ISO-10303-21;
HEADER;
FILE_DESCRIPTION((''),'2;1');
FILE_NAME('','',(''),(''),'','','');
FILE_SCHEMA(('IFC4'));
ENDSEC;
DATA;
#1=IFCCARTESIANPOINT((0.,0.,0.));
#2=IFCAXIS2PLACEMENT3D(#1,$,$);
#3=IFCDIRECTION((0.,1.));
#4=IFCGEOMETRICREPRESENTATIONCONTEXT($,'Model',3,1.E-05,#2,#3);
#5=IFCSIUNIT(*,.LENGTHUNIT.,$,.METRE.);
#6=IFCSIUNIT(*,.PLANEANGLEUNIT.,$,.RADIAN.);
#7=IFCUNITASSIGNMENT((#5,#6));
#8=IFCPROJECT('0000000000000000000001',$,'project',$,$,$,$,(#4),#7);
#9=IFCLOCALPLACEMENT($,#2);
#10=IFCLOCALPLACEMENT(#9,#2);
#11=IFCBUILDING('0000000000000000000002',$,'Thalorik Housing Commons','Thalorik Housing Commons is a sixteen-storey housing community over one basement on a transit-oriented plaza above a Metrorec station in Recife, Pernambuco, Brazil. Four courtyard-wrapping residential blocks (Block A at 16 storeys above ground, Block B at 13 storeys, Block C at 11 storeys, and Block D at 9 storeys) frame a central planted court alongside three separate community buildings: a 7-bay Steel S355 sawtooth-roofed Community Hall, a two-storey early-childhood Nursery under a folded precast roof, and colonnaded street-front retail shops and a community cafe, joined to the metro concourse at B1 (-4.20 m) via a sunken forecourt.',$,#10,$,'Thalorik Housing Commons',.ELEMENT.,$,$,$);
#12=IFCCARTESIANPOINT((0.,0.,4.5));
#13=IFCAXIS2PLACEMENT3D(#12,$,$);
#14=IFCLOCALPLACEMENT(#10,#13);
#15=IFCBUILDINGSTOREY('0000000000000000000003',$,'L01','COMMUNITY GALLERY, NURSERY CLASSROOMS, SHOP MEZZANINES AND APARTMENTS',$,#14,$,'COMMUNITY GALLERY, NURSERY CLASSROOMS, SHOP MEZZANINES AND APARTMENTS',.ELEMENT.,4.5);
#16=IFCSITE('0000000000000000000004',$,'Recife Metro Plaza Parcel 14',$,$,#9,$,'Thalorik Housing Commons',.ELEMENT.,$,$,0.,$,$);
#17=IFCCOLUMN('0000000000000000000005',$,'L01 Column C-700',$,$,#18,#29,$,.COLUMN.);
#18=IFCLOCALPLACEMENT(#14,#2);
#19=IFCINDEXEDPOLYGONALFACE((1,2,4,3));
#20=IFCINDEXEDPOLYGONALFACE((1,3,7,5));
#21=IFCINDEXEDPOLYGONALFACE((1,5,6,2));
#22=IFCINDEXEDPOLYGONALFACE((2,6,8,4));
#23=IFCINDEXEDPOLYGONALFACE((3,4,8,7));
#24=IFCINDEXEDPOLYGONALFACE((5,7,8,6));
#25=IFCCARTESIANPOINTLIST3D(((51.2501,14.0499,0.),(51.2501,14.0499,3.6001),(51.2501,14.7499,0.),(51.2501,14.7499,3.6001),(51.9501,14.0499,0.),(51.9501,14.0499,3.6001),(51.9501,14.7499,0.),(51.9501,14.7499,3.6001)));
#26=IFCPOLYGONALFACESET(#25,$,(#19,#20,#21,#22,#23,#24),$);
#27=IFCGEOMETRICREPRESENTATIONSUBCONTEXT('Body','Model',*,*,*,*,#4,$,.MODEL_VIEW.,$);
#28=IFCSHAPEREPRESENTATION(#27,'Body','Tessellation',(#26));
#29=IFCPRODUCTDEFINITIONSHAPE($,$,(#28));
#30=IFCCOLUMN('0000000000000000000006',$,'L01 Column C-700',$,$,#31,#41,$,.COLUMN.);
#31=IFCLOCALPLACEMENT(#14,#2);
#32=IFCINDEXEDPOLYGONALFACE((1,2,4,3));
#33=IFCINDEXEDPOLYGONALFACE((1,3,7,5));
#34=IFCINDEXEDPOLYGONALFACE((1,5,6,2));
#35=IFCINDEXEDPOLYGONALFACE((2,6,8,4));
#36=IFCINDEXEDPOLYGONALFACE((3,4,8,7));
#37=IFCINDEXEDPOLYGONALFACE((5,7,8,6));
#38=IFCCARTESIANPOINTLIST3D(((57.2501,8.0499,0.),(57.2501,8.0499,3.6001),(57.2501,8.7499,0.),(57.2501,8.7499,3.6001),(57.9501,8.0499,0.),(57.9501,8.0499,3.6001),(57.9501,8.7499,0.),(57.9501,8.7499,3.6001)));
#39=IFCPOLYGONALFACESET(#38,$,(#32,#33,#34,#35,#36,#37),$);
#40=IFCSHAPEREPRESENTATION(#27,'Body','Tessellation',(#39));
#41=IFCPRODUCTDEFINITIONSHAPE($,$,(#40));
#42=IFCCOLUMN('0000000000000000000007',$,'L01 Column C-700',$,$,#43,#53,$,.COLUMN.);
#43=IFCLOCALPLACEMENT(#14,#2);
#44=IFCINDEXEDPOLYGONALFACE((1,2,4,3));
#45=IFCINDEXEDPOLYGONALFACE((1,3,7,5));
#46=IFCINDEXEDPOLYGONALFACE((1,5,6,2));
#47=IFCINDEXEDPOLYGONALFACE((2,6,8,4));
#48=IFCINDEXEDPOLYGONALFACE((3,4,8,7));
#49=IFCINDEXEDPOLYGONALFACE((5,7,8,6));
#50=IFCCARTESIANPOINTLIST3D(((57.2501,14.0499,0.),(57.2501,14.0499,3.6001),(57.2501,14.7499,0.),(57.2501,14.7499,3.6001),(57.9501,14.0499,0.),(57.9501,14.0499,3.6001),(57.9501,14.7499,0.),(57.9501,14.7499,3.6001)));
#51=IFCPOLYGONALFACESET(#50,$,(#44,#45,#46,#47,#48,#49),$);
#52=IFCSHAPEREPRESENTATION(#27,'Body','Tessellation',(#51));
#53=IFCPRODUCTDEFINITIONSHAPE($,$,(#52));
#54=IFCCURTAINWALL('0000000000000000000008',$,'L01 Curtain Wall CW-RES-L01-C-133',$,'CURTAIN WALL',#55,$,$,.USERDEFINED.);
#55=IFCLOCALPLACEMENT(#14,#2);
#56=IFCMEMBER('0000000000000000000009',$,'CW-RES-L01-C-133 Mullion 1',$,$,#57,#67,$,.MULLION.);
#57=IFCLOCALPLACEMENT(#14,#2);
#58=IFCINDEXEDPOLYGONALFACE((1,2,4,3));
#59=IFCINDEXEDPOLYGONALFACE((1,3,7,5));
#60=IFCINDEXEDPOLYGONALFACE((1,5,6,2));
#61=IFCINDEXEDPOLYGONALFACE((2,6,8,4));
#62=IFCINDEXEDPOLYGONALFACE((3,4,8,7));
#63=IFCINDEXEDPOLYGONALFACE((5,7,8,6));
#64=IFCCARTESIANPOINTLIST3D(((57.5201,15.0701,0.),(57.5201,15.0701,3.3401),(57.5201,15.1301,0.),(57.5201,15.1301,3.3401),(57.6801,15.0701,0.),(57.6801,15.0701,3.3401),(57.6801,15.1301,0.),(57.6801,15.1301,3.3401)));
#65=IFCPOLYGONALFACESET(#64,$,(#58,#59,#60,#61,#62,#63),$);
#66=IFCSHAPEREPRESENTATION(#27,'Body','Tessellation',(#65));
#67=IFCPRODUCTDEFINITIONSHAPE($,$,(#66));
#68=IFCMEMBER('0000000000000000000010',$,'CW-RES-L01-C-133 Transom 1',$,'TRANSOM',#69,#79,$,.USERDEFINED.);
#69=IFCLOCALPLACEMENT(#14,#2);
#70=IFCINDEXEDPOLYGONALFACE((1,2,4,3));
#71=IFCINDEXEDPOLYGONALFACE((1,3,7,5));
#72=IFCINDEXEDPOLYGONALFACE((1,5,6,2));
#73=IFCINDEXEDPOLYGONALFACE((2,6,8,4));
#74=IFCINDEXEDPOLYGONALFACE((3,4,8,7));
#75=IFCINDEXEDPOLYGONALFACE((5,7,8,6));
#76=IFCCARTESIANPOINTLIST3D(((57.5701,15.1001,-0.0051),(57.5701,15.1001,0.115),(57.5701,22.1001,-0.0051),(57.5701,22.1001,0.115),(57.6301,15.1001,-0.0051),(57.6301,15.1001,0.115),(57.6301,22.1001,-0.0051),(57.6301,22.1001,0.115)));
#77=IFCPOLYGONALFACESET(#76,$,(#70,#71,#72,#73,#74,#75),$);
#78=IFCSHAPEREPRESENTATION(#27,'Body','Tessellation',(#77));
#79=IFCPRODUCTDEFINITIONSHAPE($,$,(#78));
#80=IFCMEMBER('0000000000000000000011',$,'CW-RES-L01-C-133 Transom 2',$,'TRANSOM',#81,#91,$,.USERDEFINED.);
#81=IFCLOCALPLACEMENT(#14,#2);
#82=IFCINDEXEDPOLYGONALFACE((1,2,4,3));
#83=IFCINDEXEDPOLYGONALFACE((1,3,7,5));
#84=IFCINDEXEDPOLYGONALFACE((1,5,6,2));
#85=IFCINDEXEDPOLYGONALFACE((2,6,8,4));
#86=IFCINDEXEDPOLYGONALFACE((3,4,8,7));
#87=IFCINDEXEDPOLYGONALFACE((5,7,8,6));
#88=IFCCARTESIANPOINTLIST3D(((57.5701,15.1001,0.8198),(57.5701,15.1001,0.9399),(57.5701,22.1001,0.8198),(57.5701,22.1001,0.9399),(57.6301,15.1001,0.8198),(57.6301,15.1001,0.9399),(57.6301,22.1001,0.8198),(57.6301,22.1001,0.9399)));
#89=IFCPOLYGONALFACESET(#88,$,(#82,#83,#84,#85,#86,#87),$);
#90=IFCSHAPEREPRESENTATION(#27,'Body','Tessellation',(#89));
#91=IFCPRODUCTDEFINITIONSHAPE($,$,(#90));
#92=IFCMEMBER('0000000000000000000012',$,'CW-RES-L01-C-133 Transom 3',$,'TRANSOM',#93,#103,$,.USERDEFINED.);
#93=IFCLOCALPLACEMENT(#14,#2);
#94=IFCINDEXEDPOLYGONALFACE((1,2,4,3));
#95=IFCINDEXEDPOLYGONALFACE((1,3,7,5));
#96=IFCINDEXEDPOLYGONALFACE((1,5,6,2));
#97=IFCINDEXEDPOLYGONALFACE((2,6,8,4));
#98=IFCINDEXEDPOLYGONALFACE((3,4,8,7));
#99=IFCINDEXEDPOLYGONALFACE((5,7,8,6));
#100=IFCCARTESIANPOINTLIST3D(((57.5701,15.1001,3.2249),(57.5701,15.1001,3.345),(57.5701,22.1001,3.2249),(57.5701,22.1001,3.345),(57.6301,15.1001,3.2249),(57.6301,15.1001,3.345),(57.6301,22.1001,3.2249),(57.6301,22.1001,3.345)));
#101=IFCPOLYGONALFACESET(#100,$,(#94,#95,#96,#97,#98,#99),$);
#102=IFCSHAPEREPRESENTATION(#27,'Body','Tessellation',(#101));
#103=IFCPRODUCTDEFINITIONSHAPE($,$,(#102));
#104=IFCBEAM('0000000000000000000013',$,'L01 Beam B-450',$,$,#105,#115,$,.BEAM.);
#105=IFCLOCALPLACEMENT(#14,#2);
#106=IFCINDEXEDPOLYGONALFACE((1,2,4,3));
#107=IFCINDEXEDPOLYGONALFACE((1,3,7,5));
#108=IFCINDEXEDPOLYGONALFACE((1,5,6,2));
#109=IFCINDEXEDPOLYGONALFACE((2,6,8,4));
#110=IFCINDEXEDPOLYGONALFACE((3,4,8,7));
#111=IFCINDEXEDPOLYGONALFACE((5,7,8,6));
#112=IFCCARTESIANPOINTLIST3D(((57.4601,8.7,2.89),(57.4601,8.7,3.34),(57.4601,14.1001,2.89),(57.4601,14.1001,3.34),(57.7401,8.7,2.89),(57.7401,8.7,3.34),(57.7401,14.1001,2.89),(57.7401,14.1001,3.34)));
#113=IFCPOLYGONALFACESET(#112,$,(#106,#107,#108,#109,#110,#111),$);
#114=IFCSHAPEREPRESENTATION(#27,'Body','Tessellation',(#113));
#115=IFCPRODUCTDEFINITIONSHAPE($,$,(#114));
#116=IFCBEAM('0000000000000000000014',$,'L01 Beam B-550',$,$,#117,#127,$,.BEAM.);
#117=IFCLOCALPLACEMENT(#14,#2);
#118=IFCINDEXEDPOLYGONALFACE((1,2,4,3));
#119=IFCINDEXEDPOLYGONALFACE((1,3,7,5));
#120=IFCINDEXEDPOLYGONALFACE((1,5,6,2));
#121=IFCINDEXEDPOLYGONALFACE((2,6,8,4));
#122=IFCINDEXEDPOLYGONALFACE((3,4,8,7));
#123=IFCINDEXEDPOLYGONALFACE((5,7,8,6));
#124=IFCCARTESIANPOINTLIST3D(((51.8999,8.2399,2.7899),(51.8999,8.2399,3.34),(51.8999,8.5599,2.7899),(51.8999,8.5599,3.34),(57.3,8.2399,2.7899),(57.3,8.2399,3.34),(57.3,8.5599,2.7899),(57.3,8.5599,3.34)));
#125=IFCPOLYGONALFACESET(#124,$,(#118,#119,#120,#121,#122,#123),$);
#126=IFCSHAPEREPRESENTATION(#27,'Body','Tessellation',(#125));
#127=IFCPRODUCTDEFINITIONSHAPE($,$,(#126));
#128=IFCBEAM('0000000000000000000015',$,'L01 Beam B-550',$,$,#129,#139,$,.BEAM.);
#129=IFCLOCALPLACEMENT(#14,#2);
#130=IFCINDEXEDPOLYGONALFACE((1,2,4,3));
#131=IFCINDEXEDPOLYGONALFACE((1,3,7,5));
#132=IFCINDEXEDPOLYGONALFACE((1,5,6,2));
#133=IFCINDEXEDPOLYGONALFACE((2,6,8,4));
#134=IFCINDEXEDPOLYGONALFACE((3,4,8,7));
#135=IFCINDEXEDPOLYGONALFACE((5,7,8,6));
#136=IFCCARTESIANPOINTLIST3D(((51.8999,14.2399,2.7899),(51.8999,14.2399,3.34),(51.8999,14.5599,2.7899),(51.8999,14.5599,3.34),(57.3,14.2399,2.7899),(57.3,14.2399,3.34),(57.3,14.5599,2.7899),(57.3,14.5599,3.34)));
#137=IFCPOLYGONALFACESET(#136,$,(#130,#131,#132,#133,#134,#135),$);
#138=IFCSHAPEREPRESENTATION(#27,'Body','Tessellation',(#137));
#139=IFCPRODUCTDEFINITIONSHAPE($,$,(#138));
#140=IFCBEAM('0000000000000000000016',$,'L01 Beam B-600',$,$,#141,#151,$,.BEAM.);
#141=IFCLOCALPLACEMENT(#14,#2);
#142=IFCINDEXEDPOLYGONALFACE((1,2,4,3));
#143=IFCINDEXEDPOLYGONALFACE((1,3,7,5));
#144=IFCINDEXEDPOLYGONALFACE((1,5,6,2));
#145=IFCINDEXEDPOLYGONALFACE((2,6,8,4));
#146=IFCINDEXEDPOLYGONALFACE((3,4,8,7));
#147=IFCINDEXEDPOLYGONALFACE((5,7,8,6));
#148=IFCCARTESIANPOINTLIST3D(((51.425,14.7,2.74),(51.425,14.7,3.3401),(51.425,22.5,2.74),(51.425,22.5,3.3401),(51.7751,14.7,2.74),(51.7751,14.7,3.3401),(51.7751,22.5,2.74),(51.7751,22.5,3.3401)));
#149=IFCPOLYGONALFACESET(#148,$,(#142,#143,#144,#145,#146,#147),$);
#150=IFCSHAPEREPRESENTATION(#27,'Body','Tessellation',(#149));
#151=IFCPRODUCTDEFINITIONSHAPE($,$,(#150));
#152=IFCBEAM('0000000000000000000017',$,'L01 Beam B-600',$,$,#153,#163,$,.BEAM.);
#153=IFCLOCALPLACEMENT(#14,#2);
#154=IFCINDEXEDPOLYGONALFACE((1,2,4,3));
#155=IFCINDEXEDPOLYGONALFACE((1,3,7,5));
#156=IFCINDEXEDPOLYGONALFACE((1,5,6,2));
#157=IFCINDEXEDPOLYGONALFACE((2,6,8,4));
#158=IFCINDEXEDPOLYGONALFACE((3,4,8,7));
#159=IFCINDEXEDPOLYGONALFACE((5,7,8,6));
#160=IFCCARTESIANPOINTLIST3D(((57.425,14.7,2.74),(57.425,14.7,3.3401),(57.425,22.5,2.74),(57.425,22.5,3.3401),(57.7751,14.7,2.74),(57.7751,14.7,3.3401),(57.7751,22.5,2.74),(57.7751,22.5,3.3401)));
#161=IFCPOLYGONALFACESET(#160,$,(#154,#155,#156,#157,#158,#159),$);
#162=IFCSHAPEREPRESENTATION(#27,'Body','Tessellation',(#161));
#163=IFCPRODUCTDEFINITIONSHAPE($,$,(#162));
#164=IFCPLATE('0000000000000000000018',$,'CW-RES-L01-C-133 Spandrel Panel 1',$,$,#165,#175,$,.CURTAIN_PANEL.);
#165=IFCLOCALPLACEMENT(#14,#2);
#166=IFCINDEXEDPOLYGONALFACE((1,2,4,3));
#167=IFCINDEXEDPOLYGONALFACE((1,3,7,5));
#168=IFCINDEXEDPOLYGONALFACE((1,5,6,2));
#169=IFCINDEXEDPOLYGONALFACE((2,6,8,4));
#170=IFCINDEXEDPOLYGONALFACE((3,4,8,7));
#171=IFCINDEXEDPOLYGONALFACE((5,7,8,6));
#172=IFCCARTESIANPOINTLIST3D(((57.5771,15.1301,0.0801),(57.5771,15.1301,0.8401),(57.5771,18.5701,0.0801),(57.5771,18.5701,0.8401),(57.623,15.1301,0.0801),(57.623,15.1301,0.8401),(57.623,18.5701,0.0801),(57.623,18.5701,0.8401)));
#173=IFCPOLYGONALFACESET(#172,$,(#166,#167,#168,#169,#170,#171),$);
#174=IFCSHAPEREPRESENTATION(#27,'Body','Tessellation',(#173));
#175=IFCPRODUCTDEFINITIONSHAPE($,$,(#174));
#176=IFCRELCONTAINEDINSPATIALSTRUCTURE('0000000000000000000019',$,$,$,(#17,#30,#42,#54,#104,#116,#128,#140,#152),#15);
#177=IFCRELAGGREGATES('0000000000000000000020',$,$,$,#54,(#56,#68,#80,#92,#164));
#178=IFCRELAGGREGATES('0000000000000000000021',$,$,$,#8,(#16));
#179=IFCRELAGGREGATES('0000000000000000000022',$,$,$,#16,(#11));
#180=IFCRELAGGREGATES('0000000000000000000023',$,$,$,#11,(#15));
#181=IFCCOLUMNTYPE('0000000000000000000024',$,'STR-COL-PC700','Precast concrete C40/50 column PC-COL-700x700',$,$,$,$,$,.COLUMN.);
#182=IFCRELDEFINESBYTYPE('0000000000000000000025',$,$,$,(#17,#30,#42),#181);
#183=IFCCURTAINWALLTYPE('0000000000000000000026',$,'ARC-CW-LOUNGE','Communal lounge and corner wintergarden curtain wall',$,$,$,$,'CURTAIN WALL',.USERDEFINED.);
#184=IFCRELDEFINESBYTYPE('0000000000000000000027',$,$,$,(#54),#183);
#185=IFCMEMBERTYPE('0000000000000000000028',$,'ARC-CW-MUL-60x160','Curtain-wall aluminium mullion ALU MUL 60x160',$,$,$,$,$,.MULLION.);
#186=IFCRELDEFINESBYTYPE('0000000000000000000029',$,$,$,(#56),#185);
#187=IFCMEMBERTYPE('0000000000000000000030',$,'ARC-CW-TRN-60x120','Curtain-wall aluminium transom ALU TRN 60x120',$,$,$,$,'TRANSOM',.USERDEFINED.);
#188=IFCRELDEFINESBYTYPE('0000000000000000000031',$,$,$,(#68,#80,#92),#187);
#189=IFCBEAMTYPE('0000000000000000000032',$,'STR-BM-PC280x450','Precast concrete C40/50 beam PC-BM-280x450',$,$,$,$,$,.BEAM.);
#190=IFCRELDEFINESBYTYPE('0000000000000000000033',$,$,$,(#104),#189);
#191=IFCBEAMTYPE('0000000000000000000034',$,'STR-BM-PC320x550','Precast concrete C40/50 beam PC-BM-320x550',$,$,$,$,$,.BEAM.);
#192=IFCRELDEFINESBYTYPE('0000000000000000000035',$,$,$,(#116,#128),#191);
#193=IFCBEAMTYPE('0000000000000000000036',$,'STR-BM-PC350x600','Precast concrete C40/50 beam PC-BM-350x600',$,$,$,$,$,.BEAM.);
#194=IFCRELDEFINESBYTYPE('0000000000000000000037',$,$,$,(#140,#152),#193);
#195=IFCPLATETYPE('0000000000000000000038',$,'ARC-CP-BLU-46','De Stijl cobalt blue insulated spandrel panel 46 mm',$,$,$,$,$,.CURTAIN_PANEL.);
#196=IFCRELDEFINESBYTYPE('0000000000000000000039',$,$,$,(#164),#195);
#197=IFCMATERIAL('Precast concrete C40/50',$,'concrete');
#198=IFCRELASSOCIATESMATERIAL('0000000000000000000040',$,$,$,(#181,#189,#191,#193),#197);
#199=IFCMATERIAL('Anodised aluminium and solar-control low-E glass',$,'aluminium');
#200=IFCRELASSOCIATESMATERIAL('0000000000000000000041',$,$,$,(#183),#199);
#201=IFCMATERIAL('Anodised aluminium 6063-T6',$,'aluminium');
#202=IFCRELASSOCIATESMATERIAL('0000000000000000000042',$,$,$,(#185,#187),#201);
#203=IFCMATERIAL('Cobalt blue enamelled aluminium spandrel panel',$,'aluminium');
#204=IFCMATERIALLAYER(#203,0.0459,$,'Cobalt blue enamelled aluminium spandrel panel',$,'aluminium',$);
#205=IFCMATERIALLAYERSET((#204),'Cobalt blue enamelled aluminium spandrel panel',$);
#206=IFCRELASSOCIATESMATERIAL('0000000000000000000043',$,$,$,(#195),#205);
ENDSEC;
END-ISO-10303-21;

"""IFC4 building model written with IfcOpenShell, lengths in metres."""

from ifc_helpers import new_model, si_unit, direction, frame, origin, origin_2d, place, context, subcontext, project, spatial, rectangle, extrude, material, layer, layer_set, material_profile, profile_set, type_object, element, aggregate, save


model = new_model("IFC4")

# Units and contexts
model_context = context("Model", 3, precision=1e-05, world=origin(), true_north=direction((0.0, 1.0)))
body_context = subcontext(model_context, "Body", "Model", "MODEL_VIEW")
ifc_project = project(units=[si_unit("LENGTHUNIT", "METRE"), si_unit("PLANEANGLEUNIT", "RADIAN")], contexts=[model_context])

# Site, building, storey
site_placement = place(None, origin())
site = spatial("IfcSite", under=ifc_project, at=site_placement, Name="Recife Metro Plaza Parcel 14", LongName="Thalorik Housing Commons", CompositionType="ELEMENT", RefElevation=0.0)
building_placement = place(site_placement, origin())
building = spatial("IfcBuilding", under=site, at=building_placement, Name="Thalorik Housing Commons", Description="Thalorik Housing Commons is a sixteen-storey housing community over one basement on a transit-oriented plaza above a Metrorec station in Recife, Pernambuco, Brazil. Four courtyard-wrapping residential blocks (Block A at 16 storeys above ground, Block B at 13 storeys, Block C at 11 storeys, and Block D at 9 storeys) frame a central planted court alongside three separate community buildings: a 7-bay Steel S355 sawtooth-roofed Community Hall, a two-storey early-childhood Nursery under a folded precast roof, and colonnaded street-front retail shops and a community cafe, joined to the metro concourse at B1 (-4.20 m) via a sunken forecourt.", LongName="Thalorik Housing Commons", CompositionType="ELEMENT")
storey_placement = place(building_placement, frame((0.0, 0.0, 4.5)))
storey = spatial("IfcBuildingStorey", under=building, at=storey_placement, Name="L01", Description="COMMUNITY GALLERY, NURSERY CLASSROOMS, SHOP MEZZANINES AND APARTMENTS", LongName="COMMUNITY GALLERY, NURSERY CLASSROOMS, SHOP MEZZANINES AND APARTMENTS", CompositionType="ELEMENT", Elevation=4.5)

# Columns
ifc_material_1 = material(Name="Precast concrete C40/50", Category="concrete")
ifc_material_profile_1 = material_profile(ifc_material_1, rectangle(XDim=0.7, YDim=0.7, at=origin_2d()), Name="PC 700x700", Category="concrete")
ifc_profile_set_1 = profile_set([ifc_material_profile_1], Name="Precast concrete C40/50")
column_type = type_object("IfcColumnType", Name="STR-COL-PC700", Description="Precast concrete C40/50 column PC-COL-700x700", PredefinedType="COLUMN", material=ifc_profile_set_1)
for number, where, z_axis, x_axis, name in (
    (1, (51.6001, 14.3999, 0.0), (0.0, 0.0, 1.0), (1.0, 0.0, 0.0), "L01 Column C-700"),
    (2, (57.6001, 8.3999, 0.0), (0.0, 0.0, 1.0), (1.0, 0.0, 0.0), "L01 Column C-700"),
    (3, (57.6001, 14.3999, 0.0), (0.0, 0.0, 1.0), (1.0, 0.0, 0.0), "L01 Column C-700"),
):
    element("IfcColumn", number, at=place(storey_placement, frame(where, z_axis=z_axis, x_axis=x_axis)), inside=storey, type_object=column_type, Name=name, PredefinedType="COLUMN", context=body_context, shape_type="SweptSolid", body=[
        extrude(rectangle(XDim=0.7, YDim=0.7, at=origin_2d()), origin(), (0.0, 0.0, 1.0), 3.6001),
    ])

# Curtain wall, members
ifc_material_2 = material(Name="Anodised aluminium and solar-control low-E glass", Category="aluminium")
curtain_wall_type = type_object("IfcCurtainWallType", Name="ARC-CW-LOUNGE", Description="Communal lounge and corner wintergarden curtain wall", ElementType="CURTAIN WALL", PredefinedType="USERDEFINED", material=ifc_material_2)
curtain_wall_placement = place(storey_placement, origin())
curtain_wall = element("IfcCurtainWall", 4, at=curtain_wall_placement, inside=storey, type_object=curtain_wall_type, Name="L01 Curtain Wall CW-RES-L01-C-133", ObjectType="CURTAIN WALL", PredefinedType="USERDEFINED")
ifc_material_3 = material(Name="Anodised aluminium 6063-T6", Category="aluminium")
ifc_material_profile_2 = material_profile(ifc_material_3, rectangle(XDim=0.0601, YDim=0.1599, at=origin_2d()), Name="ALU MUL 60x160", Category="aluminium")
ifc_profile_set_2 = profile_set([ifc_material_profile_2], Name="Anodised aluminium 6063-T6")
member_type_1 = type_object("IfcMemberType", Name="ARC-CW-MUL-60x160", Description="Curtain-wall aluminium mullion ALU MUL 60x160", PredefinedType="MULLION", material=ifc_profile_set_2)
member_1_placement = place(storey_placement, frame((57.6001, 15.1001, 0.0), z_axis=(0.0, 0.0, 1.0), x_axis=(0.0, 1.0, 0.0)))
member_1 = element("IfcMember", 5, at=member_1_placement, type_object=member_type_1, Name="CW-RES-L01-C-133 Mullion 1", PredefinedType="MULLION", context=body_context, shape_type="SweptSolid", body=[
    extrude(rectangle(XDim=0.0601, YDim=0.1599, at=origin_2d()), origin(), (0.0, 0.0, 1.0), 3.3401),
])
ifc_material_profile_3 = material_profile(ifc_material_3, rectangle(XDim=0.0601, YDim=0.1201, at=origin_2d()), Name="ALU TRN 60x120", Category="aluminium")
ifc_profile_set_3 = profile_set([ifc_material_profile_3], Name="Anodised aluminium 6063-T6")
member_type_2 = type_object("IfcMemberType", Name="ARC-CW-TRN-60x120", Description="Curtain-wall aluminium transom ALU TRN 60x120", ElementType="TRANSOM", PredefinedType="USERDEFINED", material=ifc_profile_set_3)
member_2_placement = place(storey_placement, frame((57.6001, 15.1001, 0.0549), z_axis=(0.0, 1.0, 0.0), x_axis=(-1.0, 0.0, 0.0)))
member_2 = element("IfcMember", 6, at=member_2_placement, type_object=member_type_2, Name="CW-RES-L01-C-133 Transom 1", ObjectType="TRANSOM", PredefinedType="USERDEFINED", context=body_context, shape_type="SweptSolid", body=[
    extrude(rectangle(XDim=0.0601, YDim=0.1201, at=origin_2d()), origin(), (0.0, 0.0, 1.0), 7.0),
])
member_3_placement = place(storey_placement, frame((57.6001, 15.1001, 0.8799), z_axis=(0.0, 1.0, 0.0), x_axis=(-1.0, 0.0, 0.0)))
member_3 = element("IfcMember", 7, at=member_3_placement, type_object=member_type_2, Name="CW-RES-L01-C-133 Transom 2", ObjectType="TRANSOM", PredefinedType="USERDEFINED", context=body_context, shape_type="SweptSolid", body=[
    extrude(rectangle(XDim=0.0601, YDim=0.1201, at=origin_2d()), origin(), (0.0, 0.0, 1.0), 7.0),
])
member_4_placement = place(storey_placement, frame((57.6001, 15.1001, 3.2849), z_axis=(0.0, 1.0, 0.0), x_axis=(-1.0, 0.0, 0.0)))
member_4 = element("IfcMember", 8, at=member_4_placement, type_object=member_type_2, Name="CW-RES-L01-C-133 Transom 3", ObjectType="TRANSOM", PredefinedType="USERDEFINED", context=body_context, shape_type="SweptSolid", body=[
    extrude(rectangle(XDim=0.0601, YDim=0.1201, at=origin_2d()), origin(), (0.0, 0.0, 1.0), 7.0),
])

# Beams
ifc_material_profile_4 = material_profile(ifc_material_1, rectangle(XDim=0.28, YDim=0.45, at=origin_2d()), Name="PC 280x450", Category="concrete")
ifc_profile_set_4 = profile_set([ifc_material_profile_4], Name="Precast concrete C40/50")
beam_type_1 = type_object("IfcBeamType", Name="STR-BM-PC280x450", Description="Precast concrete C40/50 beam PC-BM-280x450", PredefinedType="BEAM", material=ifc_profile_set_4)
beam_placement = place(storey_placement, frame((57.6001, 8.7, 3.115), z_axis=(0.0, 1.0, 0.0), x_axis=(-1.0, 0.0, 0.0)))
element("IfcBeam", 9, at=beam_placement, inside=storey, type_object=beam_type_1, Name="L01 Beam B-450", PredefinedType="BEAM", context=body_context, shape_type="SweptSolid", body=[
    extrude(rectangle(XDim=0.28, YDim=0.45, at=origin_2d()), origin(), (0.0, 0.0, 1.0), 5.4001),
])
ifc_material_profile_5 = material_profile(ifc_material_1, rectangle(XDim=0.3201, YDim=0.55, at=origin_2d()), Name="PC 320x550", Category="concrete")
ifc_profile_set_5 = profile_set([ifc_material_profile_5], Name="Precast concrete C40/50")
beam_type_2 = type_object("IfcBeamType", Name="STR-BM-PC320x550", Description="Precast concrete C40/50 beam PC-BM-320x550", PredefinedType="BEAM", material=ifc_profile_set_5)
for number, where, z_axis, x_axis, name in (
    (10, (51.8999, 8.3999, 3.0649), (1.0, 0.0, 0.0), (0.0, 1.0, 0.0), "L01 Beam B-550"),
    (11, (51.8999, 14.3999, 3.0649), (1.0, 0.0, 0.0), (0.0, 1.0, 0.0), "L01 Beam B-550"),
):
    element("IfcBeam", number, at=place(storey_placement, frame(where, z_axis=z_axis, x_axis=x_axis)), inside=storey, type_object=beam_type_2, Name=name, PredefinedType="BEAM", context=body_context, shape_type="SweptSolid", body=[
        extrude(rectangle(XDim=0.3201, YDim=0.55, at=origin_2d()), origin(), (0.0, 0.0, 1.0), 5.4001),
    ])
ifc_material_profile_6 = material_profile(ifc_material_1, rectangle(XDim=0.3501, YDim=0.6001, at=origin_2d()), Name="PC 350x600", Category="concrete")
ifc_profile_set_6 = profile_set([ifc_material_profile_6], Name="Precast concrete C40/50")
beam_type_3 = type_object("IfcBeamType", Name="STR-BM-PC350x600", Description="Precast concrete C40/50 beam PC-BM-350x600", PredefinedType="BEAM", material=ifc_profile_set_6)
for number, where, z_axis, x_axis, name in (
    (12, (51.6001, 14.7, 3.04), (0.0, 1.0, 0.0), (-1.0, 0.0, 0.0), "L01 Beam B-600"),
    (13, (57.6001, 14.7, 3.04), (0.0, 1.0, 0.0), (-1.0, 0.0, 0.0), "L01 Beam B-600"),
):
    element("IfcBeam", number, at=place(storey_placement, frame(where, z_axis=z_axis, x_axis=x_axis)), inside=storey, type_object=beam_type_3, Name=name, PredefinedType="BEAM", context=body_context, shape_type="SweptSolid", body=[
        extrude(rectangle(XDim=0.3501, YDim=0.6001, at=origin_2d()), origin(), (0.0, 0.0, 1.0), 7.8),
    ])

# Plate
ifc_material_4 = material(Name="Cobalt blue enamelled aluminium spandrel panel", Category="aluminium")
ifc_layer_1 = layer(ifc_material_4, 0.0459, Name="Cobalt blue enamelled aluminium spandrel panel", Category="aluminium")
ifc_layer_set_1 = layer_set([ifc_layer_1], Name="Cobalt blue enamelled aluminium spandrel panel")
plate_type = type_object("IfcPlateType", Name="ARC-CP-BLU-46", Description="De Stijl cobalt blue insulated spandrel panel 46 mm", PredefinedType="CURTAIN_PANEL", material=ifc_layer_set_1)
plate_placement = place(storey_placement, frame((57.6001, 16.8501, 0.0801), z_axis=(0.0, 0.0, 1.0), x_axis=(0.0, 1.0, 0.0)))
plate = element("IfcPlate", 14, at=plate_placement, type_object=plate_type, Name="CW-RES-L01-C-133 Spandrel Panel 1", PredefinedType="CURTAIN_PANEL", context=body_context, shape_type="SweptSolid", body=[
    extrude(rectangle(XDim=3.4399, YDim=0.0459, at=origin_2d()), origin(), (0.0, 0.0, 1.0), 0.76),
])
aggregate(curtain_wall, [member_1, member_2, member_3, member_4, plate])

save(model, "model.ifc")
